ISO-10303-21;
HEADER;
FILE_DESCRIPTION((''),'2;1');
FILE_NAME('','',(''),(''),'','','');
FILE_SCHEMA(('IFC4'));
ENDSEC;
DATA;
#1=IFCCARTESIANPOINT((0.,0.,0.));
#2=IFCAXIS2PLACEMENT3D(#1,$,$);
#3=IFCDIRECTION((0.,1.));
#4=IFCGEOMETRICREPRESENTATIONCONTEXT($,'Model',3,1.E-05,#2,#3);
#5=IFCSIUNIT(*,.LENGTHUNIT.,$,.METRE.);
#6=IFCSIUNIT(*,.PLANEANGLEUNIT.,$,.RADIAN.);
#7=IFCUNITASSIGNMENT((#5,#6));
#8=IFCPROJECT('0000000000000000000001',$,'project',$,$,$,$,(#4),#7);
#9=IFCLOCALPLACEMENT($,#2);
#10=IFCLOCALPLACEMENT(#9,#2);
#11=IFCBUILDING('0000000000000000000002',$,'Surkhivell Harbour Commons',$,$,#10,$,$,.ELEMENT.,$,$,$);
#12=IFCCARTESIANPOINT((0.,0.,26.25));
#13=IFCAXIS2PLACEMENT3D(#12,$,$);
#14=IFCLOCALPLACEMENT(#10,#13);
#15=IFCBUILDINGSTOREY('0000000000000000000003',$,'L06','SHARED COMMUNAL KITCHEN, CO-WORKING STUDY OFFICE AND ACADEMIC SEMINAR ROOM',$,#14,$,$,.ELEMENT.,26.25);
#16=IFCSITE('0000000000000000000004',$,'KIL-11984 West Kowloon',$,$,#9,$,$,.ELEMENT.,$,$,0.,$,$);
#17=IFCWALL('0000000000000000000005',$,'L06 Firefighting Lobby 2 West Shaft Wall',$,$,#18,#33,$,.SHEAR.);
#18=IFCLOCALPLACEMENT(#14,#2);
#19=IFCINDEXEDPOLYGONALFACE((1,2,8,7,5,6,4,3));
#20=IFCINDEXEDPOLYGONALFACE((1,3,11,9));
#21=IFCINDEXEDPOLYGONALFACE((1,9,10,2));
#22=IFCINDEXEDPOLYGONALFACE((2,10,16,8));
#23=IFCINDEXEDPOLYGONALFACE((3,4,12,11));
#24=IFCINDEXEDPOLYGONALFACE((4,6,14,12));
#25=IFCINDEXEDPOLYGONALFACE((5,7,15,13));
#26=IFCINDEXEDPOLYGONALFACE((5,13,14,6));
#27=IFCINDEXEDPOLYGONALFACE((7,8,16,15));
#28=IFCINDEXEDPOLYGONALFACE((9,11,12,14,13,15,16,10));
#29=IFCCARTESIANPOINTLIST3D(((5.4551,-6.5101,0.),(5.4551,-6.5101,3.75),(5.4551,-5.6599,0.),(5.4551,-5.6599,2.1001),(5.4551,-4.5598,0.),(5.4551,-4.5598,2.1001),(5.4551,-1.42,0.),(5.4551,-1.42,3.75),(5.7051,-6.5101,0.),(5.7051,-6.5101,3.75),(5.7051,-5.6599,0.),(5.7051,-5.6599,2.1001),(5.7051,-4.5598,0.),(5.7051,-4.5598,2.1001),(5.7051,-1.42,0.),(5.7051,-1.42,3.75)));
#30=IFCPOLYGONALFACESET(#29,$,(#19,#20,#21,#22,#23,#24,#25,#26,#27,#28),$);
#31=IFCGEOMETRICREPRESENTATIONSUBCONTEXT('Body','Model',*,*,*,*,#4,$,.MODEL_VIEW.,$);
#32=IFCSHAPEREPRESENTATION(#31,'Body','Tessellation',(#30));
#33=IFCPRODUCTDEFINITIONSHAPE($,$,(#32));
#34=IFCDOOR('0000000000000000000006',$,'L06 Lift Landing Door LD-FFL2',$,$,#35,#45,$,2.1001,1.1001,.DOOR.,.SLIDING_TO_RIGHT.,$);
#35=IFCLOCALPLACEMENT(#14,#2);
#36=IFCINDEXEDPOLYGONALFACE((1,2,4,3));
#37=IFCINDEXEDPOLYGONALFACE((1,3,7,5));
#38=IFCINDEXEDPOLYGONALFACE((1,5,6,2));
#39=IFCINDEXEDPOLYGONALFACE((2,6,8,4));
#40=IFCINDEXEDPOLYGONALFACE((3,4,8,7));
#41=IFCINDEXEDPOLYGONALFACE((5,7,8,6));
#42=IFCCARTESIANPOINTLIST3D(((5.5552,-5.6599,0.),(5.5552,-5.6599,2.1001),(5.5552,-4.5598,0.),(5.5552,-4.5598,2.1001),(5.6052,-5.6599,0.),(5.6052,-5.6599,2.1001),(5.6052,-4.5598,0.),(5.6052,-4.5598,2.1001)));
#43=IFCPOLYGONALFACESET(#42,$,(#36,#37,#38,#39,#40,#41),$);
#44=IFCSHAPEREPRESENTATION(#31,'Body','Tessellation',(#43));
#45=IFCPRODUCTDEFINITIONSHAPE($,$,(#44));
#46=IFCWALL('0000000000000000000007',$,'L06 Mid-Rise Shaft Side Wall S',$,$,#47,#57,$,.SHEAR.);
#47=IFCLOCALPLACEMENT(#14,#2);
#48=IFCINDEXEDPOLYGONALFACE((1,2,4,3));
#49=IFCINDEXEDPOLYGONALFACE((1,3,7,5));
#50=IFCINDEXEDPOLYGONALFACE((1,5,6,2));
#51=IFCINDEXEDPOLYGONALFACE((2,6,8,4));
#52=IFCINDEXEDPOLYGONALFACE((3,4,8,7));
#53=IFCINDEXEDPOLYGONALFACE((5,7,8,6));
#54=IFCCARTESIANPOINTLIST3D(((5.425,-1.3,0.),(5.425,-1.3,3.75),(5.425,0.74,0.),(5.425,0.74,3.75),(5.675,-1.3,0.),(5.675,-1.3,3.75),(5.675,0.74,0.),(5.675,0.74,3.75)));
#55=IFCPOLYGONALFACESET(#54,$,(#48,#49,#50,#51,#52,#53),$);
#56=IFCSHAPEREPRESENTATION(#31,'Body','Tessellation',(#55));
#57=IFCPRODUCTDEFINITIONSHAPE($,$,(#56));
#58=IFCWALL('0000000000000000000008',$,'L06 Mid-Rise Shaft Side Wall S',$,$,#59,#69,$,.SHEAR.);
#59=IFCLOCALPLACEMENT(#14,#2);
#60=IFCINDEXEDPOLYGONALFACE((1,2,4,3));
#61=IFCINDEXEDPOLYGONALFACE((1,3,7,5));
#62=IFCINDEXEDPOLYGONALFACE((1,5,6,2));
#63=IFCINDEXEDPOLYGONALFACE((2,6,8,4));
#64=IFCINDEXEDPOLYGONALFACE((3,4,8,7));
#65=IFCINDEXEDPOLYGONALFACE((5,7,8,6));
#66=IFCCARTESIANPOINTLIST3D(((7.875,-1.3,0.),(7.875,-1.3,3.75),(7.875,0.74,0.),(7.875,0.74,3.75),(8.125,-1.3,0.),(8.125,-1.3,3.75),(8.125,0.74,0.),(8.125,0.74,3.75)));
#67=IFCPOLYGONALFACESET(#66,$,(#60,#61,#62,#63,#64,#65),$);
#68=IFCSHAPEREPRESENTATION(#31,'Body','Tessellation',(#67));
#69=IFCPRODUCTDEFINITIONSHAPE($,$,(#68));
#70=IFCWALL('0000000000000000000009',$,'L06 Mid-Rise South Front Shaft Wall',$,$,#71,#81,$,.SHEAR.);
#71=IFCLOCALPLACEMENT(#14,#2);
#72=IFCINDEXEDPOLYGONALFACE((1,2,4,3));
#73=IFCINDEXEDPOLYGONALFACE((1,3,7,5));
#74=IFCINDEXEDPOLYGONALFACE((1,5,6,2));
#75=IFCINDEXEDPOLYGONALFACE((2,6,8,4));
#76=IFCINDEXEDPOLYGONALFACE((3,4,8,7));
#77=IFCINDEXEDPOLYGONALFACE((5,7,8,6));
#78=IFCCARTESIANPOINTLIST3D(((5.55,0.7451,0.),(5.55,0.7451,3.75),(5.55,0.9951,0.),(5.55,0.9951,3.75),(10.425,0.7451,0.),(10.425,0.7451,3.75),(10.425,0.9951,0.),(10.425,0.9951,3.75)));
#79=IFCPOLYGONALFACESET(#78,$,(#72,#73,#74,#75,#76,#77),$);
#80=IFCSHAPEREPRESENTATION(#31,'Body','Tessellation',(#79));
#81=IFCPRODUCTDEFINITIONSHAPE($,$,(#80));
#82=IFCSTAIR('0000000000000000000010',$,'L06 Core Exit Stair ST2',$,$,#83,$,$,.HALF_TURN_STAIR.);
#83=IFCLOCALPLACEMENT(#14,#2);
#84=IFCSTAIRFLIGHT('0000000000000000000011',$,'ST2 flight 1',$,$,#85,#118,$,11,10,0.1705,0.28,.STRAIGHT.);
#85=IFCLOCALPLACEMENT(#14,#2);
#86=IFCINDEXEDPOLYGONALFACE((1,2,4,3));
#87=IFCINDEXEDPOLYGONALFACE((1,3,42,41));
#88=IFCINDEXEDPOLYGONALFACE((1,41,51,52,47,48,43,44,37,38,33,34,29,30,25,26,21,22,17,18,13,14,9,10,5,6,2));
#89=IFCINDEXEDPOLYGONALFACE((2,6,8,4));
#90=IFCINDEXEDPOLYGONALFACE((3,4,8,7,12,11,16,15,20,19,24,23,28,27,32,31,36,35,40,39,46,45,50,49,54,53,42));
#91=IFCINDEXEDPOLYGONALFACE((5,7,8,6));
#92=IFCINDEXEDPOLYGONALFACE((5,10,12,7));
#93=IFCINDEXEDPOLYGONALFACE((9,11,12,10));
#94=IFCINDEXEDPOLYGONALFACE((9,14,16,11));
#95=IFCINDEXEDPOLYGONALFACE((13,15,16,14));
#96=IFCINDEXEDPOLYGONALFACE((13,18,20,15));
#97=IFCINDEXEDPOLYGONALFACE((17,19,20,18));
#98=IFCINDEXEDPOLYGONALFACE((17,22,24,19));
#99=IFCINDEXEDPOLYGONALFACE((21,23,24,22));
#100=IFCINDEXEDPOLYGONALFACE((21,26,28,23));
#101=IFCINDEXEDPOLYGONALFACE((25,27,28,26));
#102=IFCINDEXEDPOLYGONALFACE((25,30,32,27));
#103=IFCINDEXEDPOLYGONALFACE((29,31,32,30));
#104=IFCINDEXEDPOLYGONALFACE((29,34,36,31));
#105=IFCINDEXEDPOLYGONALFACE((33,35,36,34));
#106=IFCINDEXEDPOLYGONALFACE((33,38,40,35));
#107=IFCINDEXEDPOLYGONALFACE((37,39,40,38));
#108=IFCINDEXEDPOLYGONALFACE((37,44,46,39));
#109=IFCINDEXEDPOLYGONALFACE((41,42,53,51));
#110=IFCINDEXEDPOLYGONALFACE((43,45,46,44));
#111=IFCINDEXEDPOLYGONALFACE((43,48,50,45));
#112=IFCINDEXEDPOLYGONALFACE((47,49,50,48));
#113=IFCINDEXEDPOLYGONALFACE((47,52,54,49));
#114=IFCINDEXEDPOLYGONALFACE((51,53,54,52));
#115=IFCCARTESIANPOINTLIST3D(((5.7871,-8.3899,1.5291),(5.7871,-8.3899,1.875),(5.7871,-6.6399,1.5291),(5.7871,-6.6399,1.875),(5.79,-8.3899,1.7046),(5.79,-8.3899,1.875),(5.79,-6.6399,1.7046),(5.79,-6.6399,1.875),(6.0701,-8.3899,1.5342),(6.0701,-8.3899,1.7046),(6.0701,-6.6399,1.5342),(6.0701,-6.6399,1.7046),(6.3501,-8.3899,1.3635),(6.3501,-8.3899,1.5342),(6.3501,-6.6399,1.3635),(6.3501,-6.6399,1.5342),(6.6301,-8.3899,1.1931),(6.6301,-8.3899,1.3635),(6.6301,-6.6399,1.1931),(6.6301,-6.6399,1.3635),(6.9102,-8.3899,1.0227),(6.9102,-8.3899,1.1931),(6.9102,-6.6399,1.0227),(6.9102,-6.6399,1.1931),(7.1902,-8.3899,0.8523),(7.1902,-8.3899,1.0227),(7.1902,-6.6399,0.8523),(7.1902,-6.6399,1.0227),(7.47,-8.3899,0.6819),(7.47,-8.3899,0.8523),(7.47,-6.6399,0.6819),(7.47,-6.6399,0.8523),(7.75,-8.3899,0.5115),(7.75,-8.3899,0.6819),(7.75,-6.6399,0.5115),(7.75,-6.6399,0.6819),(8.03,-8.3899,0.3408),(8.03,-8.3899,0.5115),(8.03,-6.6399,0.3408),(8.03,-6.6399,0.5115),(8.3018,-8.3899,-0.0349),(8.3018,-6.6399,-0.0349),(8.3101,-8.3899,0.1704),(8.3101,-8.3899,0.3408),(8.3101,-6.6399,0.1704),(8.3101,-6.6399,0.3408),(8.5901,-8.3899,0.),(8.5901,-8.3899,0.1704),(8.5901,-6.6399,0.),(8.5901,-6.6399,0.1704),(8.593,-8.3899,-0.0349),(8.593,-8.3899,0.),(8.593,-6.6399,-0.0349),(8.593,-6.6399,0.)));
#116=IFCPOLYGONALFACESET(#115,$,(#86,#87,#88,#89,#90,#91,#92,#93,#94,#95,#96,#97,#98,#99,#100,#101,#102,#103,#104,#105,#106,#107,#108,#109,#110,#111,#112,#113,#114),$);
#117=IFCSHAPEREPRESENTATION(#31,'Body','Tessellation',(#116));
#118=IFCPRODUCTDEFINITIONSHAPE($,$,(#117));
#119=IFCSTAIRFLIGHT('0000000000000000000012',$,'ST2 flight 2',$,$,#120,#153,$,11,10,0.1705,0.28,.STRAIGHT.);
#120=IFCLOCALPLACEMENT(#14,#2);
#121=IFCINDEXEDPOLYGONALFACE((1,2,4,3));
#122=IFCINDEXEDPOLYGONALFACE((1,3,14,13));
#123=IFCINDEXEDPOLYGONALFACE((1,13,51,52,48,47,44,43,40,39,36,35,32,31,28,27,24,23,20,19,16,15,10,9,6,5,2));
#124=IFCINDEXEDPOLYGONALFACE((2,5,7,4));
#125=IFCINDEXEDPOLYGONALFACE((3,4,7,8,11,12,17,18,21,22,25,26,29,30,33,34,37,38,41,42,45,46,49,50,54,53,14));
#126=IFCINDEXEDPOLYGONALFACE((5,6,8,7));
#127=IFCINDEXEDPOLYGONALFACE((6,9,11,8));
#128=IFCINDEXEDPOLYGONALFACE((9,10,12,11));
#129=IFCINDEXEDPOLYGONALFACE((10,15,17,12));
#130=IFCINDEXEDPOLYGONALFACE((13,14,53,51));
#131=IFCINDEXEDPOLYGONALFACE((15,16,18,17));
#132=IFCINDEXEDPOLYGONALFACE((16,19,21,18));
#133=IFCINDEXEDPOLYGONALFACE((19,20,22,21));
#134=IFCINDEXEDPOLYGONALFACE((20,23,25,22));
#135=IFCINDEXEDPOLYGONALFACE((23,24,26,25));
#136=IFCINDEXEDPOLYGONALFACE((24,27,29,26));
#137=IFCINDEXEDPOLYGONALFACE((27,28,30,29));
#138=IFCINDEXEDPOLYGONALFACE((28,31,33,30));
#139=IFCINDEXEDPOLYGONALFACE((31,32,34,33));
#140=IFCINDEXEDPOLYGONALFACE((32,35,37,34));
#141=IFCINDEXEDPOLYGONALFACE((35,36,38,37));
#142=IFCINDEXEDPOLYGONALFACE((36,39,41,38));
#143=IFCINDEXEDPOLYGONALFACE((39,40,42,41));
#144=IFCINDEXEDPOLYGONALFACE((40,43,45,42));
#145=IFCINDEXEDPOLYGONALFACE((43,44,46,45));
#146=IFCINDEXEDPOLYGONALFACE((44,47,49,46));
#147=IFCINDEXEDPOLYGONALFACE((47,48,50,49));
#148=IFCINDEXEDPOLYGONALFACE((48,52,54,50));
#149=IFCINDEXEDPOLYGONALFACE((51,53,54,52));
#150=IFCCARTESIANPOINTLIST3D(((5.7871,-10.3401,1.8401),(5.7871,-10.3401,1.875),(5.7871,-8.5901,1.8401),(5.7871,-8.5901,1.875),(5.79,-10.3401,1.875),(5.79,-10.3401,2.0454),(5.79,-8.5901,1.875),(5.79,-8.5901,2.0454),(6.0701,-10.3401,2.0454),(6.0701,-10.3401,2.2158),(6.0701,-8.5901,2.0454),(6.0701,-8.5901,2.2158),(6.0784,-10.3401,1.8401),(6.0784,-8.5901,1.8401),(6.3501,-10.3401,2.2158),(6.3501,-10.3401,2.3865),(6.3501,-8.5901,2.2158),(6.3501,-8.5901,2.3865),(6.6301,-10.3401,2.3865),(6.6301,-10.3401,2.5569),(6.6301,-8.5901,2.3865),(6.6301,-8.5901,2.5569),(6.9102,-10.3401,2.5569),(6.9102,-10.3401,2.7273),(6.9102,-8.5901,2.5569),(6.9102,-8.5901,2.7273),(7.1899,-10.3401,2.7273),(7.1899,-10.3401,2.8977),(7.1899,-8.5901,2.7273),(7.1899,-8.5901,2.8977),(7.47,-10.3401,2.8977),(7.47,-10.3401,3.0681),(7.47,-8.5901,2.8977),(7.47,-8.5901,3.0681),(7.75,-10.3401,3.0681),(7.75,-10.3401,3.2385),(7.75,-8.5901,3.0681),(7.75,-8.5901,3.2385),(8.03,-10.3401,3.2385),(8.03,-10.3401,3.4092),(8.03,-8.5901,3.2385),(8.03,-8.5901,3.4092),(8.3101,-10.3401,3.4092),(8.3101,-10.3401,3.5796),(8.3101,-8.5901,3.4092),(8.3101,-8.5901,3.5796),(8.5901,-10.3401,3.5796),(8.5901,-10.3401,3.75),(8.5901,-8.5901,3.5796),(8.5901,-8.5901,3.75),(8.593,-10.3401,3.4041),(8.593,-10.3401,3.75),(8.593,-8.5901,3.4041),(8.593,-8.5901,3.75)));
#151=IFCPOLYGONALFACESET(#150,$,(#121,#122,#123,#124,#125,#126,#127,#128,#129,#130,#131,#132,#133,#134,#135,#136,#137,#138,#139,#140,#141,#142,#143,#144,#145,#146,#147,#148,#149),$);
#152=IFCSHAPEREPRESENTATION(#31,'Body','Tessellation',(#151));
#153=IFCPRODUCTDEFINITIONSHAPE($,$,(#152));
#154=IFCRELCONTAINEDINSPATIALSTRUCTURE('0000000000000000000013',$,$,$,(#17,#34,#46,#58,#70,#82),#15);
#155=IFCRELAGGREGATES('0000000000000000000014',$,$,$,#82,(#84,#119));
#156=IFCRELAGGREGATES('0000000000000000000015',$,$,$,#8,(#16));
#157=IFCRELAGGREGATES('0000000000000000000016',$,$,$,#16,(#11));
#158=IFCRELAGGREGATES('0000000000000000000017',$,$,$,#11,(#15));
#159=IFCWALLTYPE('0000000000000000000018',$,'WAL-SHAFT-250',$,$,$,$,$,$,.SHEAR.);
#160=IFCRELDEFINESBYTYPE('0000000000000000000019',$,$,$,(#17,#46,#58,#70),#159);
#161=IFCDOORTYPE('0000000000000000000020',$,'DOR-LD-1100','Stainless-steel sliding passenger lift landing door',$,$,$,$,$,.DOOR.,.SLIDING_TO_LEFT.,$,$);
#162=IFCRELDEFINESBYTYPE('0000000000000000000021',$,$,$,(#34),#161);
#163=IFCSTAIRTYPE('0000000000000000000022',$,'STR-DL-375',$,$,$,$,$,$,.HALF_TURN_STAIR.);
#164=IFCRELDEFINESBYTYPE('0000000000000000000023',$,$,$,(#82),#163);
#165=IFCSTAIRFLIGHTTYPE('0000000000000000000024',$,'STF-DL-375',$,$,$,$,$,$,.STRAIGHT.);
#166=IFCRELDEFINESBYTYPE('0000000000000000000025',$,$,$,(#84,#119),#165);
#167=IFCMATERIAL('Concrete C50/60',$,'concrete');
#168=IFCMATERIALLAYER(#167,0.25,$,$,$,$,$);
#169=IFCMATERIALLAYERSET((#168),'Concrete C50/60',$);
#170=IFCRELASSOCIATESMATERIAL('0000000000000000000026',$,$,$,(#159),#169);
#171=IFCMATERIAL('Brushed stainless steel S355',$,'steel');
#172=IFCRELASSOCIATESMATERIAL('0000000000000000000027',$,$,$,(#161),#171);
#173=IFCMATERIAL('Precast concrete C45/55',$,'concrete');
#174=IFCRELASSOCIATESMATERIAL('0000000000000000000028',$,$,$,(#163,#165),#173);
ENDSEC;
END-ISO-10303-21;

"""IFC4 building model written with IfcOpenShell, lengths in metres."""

from ifc_helpers import new_model, si_unit, direction, frame, frame_2d, origin, place, context, subcontext, project, spatial, polyline, rectangle, outline, extrude, material, layer, layer_set, type_object, element, fill, aggregate, save


model = new_model("IFC4")

# Units and contexts
model_context = context("Model", 3, precision=1e-05, world=origin(), true_north=direction((0.0, 1.0)))
body_context = subcontext(model_context, "Body", "Model", "MODEL_VIEW")
ifc_project = project(units=[si_unit("LENGTHUNIT", "METRE"), si_unit("PLANEANGLEUNIT", "RADIAN")], contexts=[model_context])

# Site, building, storey
site_placement = place(None, origin())
site = spatial("IfcSite", under=ifc_project, at=site_placement, Name="KIL-11984 West Kowloon", CompositionType="ELEMENT", RefElevation=0.0)
building_placement = place(site_placement, origin())
building = spatial("IfcBuilding", under=site, at=building_placement, Name="Surkhivell Harbour Commons", CompositionType="ELEMENT")
storey_placement = place(building_placement, frame((0.0, 0.0, 26.25)))
storey = spatial("IfcBuildingStorey", under=building, at=storey_placement, Name="L06", Description="SHARED COMMUNAL KITCHEN, CO-WORKING STUDY OFFICE AND ACADEMIC SEMINAR ROOM", CompositionType="ELEMENT", Elevation=26.25)

# Shared definitions
ifc_material_1 = material(Name="Concrete C50/60", Category="concrete")
ifc_layer_1 = layer(ifc_material_1, 0.25)
ifc_layer_set_1 = layer_set([ifc_layer_1], Name="Concrete C50/60")
wall_type_1 = type_object("IfcWallType", Name="WAL-SHAFT-250", PredefinedType="SHEAR", material=ifc_layer_set_1)

# Wall, opening, door
wall_1_placement = place(storey_placement, frame((5.5801, -6.51, 0.0), z_axis=(0.0, 0.0, 1.0), x_axis=(0.0, 1.0, 0.0)))
wall_1 = element("IfcWall", 1, at=wall_1_placement, inside=storey, type_object=wall_type_1, Name="L06 Firefighting Lobby 2 West Shaft Wall", PredefinedType="SHEAR", context=body_context, shape_type="SweptSolid", body=[
    extrude(rectangle(XDim=5.0901, YDim=0.25, at=frame_2d((2.5449, 0.0))), origin(), (0.0, 0.0, 1.0), 3.75),
])
opening_1_placement = place(wall_1_placement, frame((0.8501, 0.0, 0.0)))
opening_1 = element("IfcOpeningElement", 2, at=opening_1_placement, cuts=wall_1, PredefinedType="OPENING", context=body_context, shape_type="SweptSolid", body=[
    extrude(rectangle(XDim=1.1001, YDim=2.1001, at=frame_2d((0.55, 1.05))), frame((0.0, 0.135, 0.0), z_axis=(0.0, -1.0, 0.0), x_axis=(1.0, 0.0, 0.0)), (0.0, 0.0, 1.0), 0.27),
])
ifc_material_2 = material(Name="Brushed stainless steel S355", Category="steel")
door_type_1 = type_object("IfcDoorType", Name="DOR-LD-1100", Description="Stainless-steel sliding passenger lift landing door", OperationType="SLIDING_TO_LEFT", PredefinedType="DOOR", material=ifc_material_2)
door_1_placement = place(opening_1_placement, origin())
door_1 = element("IfcDoor", 3, at=door_1_placement, inside=storey, type_object=door_type_1, Name="L06 Lift Landing Door LD-FFL2", OperationType="SLIDING_TO_RIGHT", OverallHeight=2.1001, OverallWidth=1.1001, PredefinedType="DOOR", context=body_context, shape_type="SweptSolid", body=[
    extrude(rectangle(XDim=1.1001, YDim=2.1001, at=frame_2d((0.55, 1.05))), frame((0.0, 0.0249, 0.0), z_axis=(0.0, -1.0, 0.0), x_axis=(1.0, 0.0, 0.0)), (0.0, 0.0, 1.0), 0.05),
])
fill(opening_1, door_1)

# Walls
for number, where, z_axis, x_axis, name in (
    (4, (5.55, -1.3, 0.0), (0.0, 0.0, 1.0), (0.0, 1.0, 0.0), "L06 Mid-Rise Shaft Side Wall S"),
    (5, (8.0, -1.3, 0.0), (0.0, 0.0, 1.0), (0.0, 1.0, 0.0), "L06 Mid-Rise Shaft Side Wall S"),
):
    element("IfcWall", number, at=place(storey_placement, frame(where, z_axis=z_axis, x_axis=x_axis)), inside=storey, type_object=wall_type_1, Name=name, PredefinedType="SHEAR", context=body_context, shape_type="SweptSolid", body=[
        extrude(rectangle(XDim=2.04, YDim=0.25, at=frame_2d((1.02, 0.0))), origin(), (0.0, 0.0, 1.0), 3.75),
    ])
wall_2_placement = place(storey_placement, frame((5.55, 0.8701, 0.0), z_axis=(0.0, 0.0, 1.0), x_axis=(1.0, 0.0, 0.0)))
element("IfcWall", 6, at=wall_2_placement, inside=storey, type_object=wall_type_1, Name="L06 Mid-Rise South Front Shaft Wall", PredefinedType="SHEAR", context=body_context, shape_type="SweptSolid", body=[
    extrude(rectangle(XDim=4.875, YDim=0.25, at=frame_2d((2.4375, 0.0))), origin(), (0.0, 0.0, 1.0), 3.75),
])

# Stair, stair flights
ifc_material_3 = material(Name="Precast concrete C45/55", Category="concrete")
stair_type = type_object("IfcStairType", Name="STR-DL-375", PredefinedType="HALF_TURN_STAIR", material=ifc_material_3)
stair_placement = place(storey_placement, origin())
stair = element("IfcStair", 7, at=stair_placement, inside=storey, type_object=stair_type, Name="L06 Core Exit Stair ST2", PredefinedType="HALF_TURN_STAIR")
stair_flight_type = type_object("IfcStairFlightType", Name="STF-DL-375", PredefinedType="STRAIGHT", material=ifc_material_3)
stair_flight_1_placement = place(storey_placement, frame((8.5901, -7.5149, 0.0), z_axis=(0.0, 0.0, 1.0), x_axis=(-1.0, 0.0, 0.0)))
stair_flight_1 = element("IfcStairFlight", 8, at=stair_flight_1_placement, type_object=stair_flight_type, Name="ST2 flight 1", NumberOfRisers=11, NumberOfTreads=10, PredefinedType="STRAIGHT", RiserHeight=0.1705, TreadLength=0.28, context=body_context, shape_type="SweptSolid", body=[
    extrude(outline(polyline([(-0.0029, -0.0349), (-0.0029, 0.0), (0.0, 0.0), (0.0, 0.1704), (0.28, 0.1704), (0.28, 0.3408), (0.5601, 0.3408), (0.5601, 0.5115), (0.8401, 0.5115), (0.8401, 0.6819), (1.1201, 0.6819), (1.1201, 0.8523), (1.3999, 0.8523), (1.3999, 1.0227), (1.6799, 1.0227), (1.6799, 1.1931), (1.96, 1.1931), (1.96, 1.3635), (2.24, 1.3635), (2.24, 1.5342), (2.52, 1.5342), (2.52, 1.7046), (2.8, 1.7046), (2.8, 1.875), (2.803, 1.875), (2.803, 1.5291), (0.2883, -0.0349), (-0.0029, -0.0349)])), frame((0.0, 0.875, 0.0), z_axis=(0.0, -1.0, 0.0), x_axis=(1.0, 0.0, 0.0)), (0.0, 0.0, 1.0), 1.75),
])
stair_flight_2_placement = place(storey_placement, frame((5.79, -9.4651, 1.875), z_axis=(0.0, 0.0, 1.0), x_axis=(1.0, 0.0, 0.0)))
stair_flight_2 = element("IfcStairFlight", 9, at=stair_flight_2_placement, type_object=stair_flight_type, Name="ST2 flight 2", NumberOfRisers=11, NumberOfTreads=10, PredefinedType="STRAIGHT", RiserHeight=0.1705, TreadLength=0.28, context=body_context, shape_type="SweptSolid", body=[
    extrude(outline(polyline([(-0.0029, -0.0349), (-0.0029, 0.0), (0.0, 0.0), (0.0, 0.1704), (0.28, 0.1704), (0.28, 0.3408), (0.5601, 0.3408), (0.5601, 0.5115), (0.8401, 0.5115), (0.8401, 0.6819), (1.1201, 0.6819), (1.1201, 0.8523), (1.3999, 0.8523), (1.3999, 1.0227), (1.6799, 1.0227), (1.6799, 1.1931), (1.96, 1.1931), (1.96, 1.3635), (2.24, 1.3635), (2.24, 1.5342), (2.52, 1.5342), (2.52, 1.7046), (2.8, 1.7046), (2.8, 1.875), (2.803, 1.875), (2.803, 1.5291), (0.2883, -0.0349), (-0.0029, -0.0349)])), frame((0.0, 0.875, 0.0), z_axis=(0.0, -1.0, 0.0), x_axis=(1.0, 0.0, 0.0)), (0.0, 0.0, 1.0), 1.75),
])
aggregate(stair, [stair_flight_1, stair_flight_2])

save(model, "model.ifc")
